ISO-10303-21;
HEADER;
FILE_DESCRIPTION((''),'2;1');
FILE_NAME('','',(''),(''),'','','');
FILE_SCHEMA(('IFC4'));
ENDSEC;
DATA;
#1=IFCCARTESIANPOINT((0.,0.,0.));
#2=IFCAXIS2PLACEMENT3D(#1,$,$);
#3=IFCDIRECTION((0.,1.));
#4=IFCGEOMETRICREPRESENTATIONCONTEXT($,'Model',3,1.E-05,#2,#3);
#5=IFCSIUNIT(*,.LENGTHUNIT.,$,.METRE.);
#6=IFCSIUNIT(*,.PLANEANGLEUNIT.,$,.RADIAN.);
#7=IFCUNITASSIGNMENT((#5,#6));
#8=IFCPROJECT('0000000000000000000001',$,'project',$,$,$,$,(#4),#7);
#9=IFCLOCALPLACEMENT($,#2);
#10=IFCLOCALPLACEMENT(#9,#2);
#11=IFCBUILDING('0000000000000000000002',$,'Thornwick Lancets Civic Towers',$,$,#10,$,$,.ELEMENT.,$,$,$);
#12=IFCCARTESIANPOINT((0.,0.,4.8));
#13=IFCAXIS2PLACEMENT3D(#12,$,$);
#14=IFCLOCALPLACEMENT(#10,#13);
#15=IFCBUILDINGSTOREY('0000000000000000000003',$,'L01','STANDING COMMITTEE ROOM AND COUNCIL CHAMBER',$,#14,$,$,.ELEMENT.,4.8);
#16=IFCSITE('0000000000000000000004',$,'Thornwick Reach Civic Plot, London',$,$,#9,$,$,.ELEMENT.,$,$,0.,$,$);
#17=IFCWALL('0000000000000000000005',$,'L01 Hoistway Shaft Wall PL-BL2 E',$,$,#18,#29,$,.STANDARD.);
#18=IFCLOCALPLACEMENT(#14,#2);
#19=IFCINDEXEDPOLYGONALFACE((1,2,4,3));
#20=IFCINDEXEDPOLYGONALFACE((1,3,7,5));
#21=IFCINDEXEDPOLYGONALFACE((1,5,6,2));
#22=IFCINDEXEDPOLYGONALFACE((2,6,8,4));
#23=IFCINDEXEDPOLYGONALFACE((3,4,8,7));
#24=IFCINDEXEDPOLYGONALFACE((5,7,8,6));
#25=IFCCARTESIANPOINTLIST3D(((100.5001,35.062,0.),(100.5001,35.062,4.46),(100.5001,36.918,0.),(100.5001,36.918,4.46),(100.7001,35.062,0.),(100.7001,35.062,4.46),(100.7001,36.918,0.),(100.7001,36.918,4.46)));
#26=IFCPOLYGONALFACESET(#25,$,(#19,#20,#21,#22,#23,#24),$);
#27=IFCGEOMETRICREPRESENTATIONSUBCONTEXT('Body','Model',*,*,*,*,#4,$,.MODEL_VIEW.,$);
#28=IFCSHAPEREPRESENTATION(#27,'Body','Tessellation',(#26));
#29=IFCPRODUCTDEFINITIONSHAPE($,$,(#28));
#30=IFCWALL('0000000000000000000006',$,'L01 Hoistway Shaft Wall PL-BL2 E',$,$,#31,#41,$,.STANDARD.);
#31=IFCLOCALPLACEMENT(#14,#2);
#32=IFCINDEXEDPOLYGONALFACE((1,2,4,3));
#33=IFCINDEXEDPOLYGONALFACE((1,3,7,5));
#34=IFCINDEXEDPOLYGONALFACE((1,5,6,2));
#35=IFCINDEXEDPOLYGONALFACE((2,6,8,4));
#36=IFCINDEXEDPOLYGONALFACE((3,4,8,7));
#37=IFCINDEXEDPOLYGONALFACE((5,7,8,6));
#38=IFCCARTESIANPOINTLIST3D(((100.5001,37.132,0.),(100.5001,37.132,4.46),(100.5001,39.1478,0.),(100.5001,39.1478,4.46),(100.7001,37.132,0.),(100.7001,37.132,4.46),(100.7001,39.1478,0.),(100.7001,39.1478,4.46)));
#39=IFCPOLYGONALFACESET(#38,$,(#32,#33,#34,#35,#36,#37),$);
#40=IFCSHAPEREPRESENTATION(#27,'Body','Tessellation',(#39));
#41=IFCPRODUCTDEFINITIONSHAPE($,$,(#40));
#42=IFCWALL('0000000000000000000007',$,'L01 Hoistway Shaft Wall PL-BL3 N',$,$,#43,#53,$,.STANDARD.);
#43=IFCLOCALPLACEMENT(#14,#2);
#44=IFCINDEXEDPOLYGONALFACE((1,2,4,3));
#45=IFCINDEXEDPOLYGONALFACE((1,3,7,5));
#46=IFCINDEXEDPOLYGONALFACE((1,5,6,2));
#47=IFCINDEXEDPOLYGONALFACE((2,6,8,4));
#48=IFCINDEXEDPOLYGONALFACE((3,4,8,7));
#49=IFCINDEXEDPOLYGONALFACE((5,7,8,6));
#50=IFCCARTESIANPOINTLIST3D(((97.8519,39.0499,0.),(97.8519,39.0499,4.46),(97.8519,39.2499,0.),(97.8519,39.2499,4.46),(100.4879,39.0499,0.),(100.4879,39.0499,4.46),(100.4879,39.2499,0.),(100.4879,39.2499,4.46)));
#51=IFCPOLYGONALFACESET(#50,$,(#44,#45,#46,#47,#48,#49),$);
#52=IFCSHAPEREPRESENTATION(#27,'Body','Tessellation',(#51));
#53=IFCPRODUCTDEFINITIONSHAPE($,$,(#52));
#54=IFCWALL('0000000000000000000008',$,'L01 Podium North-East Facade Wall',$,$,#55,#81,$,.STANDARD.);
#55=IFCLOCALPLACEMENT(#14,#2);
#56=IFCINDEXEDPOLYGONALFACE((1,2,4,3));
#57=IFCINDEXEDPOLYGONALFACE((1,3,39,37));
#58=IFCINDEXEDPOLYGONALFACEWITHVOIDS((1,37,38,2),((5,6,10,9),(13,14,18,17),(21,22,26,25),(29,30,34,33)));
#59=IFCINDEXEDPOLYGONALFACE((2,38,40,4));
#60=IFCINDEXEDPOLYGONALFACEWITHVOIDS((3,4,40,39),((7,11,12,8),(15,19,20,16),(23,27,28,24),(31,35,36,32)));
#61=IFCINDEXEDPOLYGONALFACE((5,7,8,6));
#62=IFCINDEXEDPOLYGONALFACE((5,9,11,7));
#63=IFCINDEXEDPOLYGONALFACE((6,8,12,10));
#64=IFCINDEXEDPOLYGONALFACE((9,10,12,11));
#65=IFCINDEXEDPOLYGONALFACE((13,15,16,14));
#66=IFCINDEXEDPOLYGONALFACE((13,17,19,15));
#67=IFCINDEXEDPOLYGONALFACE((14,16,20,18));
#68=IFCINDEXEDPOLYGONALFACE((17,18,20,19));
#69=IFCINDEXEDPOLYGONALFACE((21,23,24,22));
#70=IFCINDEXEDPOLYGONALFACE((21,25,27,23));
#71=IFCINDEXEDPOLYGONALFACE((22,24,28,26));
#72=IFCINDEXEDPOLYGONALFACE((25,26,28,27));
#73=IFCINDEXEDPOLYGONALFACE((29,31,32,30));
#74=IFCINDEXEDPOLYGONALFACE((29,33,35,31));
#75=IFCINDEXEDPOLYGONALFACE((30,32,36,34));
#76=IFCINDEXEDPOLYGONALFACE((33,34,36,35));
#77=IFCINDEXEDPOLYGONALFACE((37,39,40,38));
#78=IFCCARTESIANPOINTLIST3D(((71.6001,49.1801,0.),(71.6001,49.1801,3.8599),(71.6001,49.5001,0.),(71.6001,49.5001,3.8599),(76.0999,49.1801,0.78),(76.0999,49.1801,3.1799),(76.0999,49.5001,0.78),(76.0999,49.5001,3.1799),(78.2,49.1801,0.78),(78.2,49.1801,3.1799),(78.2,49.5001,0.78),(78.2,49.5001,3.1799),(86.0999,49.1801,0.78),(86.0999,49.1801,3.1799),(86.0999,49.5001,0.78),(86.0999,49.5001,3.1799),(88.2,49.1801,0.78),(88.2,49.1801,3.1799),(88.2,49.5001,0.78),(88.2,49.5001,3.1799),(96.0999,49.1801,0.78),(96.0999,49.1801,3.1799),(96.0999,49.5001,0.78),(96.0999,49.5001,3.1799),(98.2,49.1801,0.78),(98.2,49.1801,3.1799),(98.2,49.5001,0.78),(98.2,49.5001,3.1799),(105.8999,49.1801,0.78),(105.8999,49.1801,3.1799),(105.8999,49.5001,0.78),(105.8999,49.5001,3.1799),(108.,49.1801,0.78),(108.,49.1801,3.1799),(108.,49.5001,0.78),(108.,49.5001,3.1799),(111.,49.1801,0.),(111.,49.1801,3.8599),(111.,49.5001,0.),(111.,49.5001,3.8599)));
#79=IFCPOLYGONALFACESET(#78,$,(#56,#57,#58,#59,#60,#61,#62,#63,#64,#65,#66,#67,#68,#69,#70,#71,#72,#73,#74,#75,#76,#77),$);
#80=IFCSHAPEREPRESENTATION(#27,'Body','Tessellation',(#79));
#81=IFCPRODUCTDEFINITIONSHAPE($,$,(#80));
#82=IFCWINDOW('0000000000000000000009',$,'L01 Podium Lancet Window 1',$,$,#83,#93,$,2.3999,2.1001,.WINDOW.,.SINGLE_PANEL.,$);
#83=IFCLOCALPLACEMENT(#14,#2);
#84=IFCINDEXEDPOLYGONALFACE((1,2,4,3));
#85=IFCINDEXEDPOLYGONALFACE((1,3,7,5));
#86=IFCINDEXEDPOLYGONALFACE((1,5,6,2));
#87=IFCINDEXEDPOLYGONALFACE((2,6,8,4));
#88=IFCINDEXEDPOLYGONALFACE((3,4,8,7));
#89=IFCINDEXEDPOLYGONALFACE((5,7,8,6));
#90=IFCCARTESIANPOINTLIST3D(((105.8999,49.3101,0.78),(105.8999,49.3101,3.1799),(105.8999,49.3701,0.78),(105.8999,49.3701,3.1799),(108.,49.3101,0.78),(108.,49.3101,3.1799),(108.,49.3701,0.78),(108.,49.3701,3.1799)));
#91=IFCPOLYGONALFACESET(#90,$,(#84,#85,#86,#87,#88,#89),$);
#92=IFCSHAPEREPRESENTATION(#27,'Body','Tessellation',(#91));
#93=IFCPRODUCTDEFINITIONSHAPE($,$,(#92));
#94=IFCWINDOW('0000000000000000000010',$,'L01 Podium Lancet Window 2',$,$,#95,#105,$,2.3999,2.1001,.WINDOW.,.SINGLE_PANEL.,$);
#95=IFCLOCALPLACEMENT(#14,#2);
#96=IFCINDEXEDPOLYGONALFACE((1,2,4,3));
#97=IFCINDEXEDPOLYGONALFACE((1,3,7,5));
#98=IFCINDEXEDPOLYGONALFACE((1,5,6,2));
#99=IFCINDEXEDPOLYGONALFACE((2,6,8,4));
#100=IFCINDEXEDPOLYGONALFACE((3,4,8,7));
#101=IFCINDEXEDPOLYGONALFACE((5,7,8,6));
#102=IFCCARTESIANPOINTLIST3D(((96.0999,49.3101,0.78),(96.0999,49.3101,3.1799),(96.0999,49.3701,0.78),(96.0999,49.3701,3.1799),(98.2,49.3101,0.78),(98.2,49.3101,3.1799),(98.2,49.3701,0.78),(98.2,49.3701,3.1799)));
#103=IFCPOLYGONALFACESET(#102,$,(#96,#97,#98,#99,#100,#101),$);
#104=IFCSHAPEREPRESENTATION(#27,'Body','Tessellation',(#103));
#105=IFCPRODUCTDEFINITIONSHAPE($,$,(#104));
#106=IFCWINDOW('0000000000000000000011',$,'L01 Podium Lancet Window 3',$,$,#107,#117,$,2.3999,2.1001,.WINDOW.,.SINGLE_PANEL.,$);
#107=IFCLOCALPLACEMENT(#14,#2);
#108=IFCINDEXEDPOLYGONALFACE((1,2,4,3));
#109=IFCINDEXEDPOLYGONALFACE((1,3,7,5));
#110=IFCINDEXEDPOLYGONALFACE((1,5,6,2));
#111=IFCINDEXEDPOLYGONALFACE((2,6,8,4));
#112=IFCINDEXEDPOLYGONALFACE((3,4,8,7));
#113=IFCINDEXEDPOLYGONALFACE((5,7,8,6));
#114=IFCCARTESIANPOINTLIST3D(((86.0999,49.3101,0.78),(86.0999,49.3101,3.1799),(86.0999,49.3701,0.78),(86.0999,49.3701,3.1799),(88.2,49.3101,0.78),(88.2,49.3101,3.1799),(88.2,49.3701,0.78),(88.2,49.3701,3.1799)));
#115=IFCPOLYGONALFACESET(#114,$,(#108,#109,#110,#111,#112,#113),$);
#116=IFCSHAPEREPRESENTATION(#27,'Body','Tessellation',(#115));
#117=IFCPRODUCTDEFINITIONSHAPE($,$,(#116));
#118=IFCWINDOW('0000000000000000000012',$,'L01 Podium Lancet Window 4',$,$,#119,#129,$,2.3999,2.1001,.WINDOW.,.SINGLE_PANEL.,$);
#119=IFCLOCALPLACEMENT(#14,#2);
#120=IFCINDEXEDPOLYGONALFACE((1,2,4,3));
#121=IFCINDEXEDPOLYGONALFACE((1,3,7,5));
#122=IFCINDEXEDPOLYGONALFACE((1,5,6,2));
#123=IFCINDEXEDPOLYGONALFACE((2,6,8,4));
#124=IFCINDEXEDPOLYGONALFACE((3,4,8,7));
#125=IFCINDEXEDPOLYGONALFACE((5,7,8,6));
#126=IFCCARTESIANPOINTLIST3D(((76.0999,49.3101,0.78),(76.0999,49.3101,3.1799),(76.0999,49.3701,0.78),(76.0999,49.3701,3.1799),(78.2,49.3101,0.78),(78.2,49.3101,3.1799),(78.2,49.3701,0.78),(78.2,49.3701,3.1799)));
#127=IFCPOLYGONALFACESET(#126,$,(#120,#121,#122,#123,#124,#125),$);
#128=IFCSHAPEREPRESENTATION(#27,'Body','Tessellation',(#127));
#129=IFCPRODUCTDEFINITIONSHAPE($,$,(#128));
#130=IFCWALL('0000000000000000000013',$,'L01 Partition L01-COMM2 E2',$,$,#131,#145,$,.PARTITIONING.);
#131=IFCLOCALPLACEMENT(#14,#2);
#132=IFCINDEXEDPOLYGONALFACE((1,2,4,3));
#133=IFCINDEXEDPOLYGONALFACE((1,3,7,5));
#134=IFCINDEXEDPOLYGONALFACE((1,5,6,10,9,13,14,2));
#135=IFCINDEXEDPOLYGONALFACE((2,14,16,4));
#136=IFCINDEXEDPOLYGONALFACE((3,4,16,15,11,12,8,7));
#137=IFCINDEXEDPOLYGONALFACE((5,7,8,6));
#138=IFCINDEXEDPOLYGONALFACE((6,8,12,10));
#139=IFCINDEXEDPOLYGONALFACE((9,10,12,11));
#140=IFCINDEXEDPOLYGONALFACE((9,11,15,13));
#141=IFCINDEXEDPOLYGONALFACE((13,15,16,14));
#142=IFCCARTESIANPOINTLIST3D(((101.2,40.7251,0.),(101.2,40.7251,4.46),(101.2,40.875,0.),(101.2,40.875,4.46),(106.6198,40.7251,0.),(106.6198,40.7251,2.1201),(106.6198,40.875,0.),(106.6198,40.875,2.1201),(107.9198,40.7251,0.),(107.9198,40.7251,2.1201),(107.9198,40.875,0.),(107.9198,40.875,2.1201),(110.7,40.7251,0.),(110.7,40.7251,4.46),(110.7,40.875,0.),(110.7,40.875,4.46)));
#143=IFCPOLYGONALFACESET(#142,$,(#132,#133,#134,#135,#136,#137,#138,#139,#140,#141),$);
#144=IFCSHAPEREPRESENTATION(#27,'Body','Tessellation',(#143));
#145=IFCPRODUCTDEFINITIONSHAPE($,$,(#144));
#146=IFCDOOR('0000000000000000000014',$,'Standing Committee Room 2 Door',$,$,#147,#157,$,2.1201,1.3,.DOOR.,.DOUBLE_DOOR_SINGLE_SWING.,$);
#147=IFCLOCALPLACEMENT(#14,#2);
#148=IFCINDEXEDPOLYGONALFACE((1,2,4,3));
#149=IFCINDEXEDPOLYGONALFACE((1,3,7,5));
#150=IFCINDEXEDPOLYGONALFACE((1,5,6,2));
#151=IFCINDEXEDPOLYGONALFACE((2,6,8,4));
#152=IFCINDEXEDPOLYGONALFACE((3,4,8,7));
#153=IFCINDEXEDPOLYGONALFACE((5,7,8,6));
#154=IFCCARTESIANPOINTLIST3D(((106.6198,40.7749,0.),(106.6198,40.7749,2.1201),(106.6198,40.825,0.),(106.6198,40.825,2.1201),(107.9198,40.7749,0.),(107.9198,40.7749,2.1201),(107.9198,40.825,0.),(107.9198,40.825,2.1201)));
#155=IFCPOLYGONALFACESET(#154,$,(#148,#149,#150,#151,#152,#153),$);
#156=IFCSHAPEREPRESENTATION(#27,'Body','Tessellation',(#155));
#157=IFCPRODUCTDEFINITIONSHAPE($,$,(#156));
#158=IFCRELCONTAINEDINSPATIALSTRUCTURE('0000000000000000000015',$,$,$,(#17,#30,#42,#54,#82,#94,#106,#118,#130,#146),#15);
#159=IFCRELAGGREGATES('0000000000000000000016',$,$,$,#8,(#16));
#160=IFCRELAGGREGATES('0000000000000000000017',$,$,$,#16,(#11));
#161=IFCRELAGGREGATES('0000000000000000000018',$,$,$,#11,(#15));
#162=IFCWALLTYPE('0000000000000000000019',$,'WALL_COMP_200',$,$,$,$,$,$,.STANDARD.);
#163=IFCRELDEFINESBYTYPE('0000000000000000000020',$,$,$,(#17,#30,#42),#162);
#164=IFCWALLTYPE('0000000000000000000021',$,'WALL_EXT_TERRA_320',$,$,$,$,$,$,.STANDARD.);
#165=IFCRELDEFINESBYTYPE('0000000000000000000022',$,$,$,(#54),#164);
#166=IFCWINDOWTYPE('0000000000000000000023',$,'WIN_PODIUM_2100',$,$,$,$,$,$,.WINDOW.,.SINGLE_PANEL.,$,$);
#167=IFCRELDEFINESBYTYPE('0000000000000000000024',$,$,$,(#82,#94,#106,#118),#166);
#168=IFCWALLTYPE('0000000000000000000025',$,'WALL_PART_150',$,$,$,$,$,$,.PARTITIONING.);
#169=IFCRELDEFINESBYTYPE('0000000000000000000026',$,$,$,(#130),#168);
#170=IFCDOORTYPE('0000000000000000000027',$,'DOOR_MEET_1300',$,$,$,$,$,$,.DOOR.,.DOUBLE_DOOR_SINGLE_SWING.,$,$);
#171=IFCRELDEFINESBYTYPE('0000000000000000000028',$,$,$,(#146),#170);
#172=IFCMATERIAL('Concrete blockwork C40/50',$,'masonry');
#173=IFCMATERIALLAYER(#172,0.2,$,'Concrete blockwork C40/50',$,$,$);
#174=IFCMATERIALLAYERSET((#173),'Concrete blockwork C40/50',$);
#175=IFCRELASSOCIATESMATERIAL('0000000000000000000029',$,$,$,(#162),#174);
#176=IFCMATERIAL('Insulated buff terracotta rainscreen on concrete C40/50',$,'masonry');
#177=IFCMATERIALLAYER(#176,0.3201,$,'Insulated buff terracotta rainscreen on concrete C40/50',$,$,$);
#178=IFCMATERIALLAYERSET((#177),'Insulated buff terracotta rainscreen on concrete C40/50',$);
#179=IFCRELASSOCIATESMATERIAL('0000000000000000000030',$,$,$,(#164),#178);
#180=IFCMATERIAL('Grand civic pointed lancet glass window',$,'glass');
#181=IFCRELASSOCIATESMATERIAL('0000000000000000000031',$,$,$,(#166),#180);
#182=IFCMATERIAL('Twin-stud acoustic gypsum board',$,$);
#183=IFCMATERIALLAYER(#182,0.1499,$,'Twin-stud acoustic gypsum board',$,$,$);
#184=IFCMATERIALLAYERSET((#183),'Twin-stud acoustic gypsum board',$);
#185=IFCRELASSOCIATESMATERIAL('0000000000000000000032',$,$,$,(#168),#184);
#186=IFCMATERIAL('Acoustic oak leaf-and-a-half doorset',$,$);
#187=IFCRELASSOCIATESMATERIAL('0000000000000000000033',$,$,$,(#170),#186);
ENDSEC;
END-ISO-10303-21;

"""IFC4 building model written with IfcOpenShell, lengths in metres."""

from ifc_helpers import new_model, si_unit, direction, frame, frame_2d, origin, place, context, subcontext, project, spatial, rectangle, extrude, material, layer, layer_set, type_object, element, fill, save


model = new_model("IFC4")

# Units and contexts
model_context = context("Model", 3, precision=1e-05, world=origin(), true_north=direction((0.0, 1.0)))
body_context = subcontext(model_context, "Body", "Model", "MODEL_VIEW")
ifc_project = project(units=[si_unit("LENGTHUNIT", "METRE"), si_unit("PLANEANGLEUNIT", "RADIAN")], contexts=[model_context])

# Site, building, storey
site_placement = place(None, origin())
site = spatial("IfcSite", under=ifc_project, at=site_placement, Name="Thornwick Reach Civic Plot, London", CompositionType="ELEMENT", RefElevation=0.0)
building_placement = place(site_placement, origin())
building = spatial("IfcBuilding", under=site, at=building_placement, Name="Thornwick Lancets Civic Towers", CompositionType="ELEMENT")
storey_placement = place(building_placement, frame((0.0, 0.0, 4.8)))
storey = spatial("IfcBuildingStorey", under=building, at=storey_placement, Name="L01", Description="STANDING COMMITTEE ROOM AND COUNCIL CHAMBER", CompositionType="ELEMENT", Elevation=4.8)

# Shared definitions
ifc_material_1 = material(Name="Concrete blockwork C40/50", Category="masonry")
ifc_layer_1 = layer(ifc_material_1, 0.2, Name="Concrete blockwork C40/50")
ifc_layer_set_1 = layer_set([ifc_layer_1], Name="Concrete blockwork C40/50")
wall_type_1 = type_object("IfcWallType", Name="WALL_COMP_200", PredefinedType="STANDARD", material=ifc_layer_set_1)

# Walls
wall_1_placement = place(storey_placement, frame((100.6001, 35.062, 0.0), z_axis=(0.0, 0.0, 1.0), x_axis=(0.0, 1.0, 0.0)))
element("IfcWall", 1, at=wall_1_placement, inside=storey, type_object=wall_type_1, Name="L01 Hoistway Shaft Wall PL-BL2 E", PredefinedType="STANDARD", context=body_context, shape_type="SweptSolid", body=[
    extrude(rectangle(XDim=1.856, YDim=0.2, at=frame_2d((0.928, 0.0))), origin(), (0.0, 0.0, 1.0), 4.46),
])
wall_2_placement = place(storey_placement, frame((100.6001, 37.1321, 0.0), z_axis=(0.0, 0.0, 1.0), x_axis=(0.0, 1.0, 0.0)))
element("IfcWall", 2, at=wall_2_placement, inside=storey, type_object=wall_type_1, Name="L01 Hoistway Shaft Wall PL-BL2 E", PredefinedType="STANDARD", context=body_context, shape_type="SweptSolid", body=[
    extrude(rectangle(XDim=2.0159, YDim=0.2, at=frame_2d((1.0078, 0.0))), origin(), (0.0, 0.0, 1.0), 4.46),
])
wall_3_placement = place(storey_placement, frame((97.8521, 39.1499, 0.0), z_axis=(0.0, 0.0, 1.0), x_axis=(1.0, 0.0, 0.0)))
element("IfcWall", 3, at=wall_3_placement, inside=storey, type_object=wall_type_1, Name="L01 Hoistway Shaft Wall PL-BL3 N", PredefinedType="STANDARD", context=body_context, shape_type="SweptSolid", body=[
    extrude(rectangle(XDim=2.636, YDim=0.2, at=frame_2d((1.3179, 0.0))), origin(), (0.0, 0.0, 1.0), 4.46),
])

# Wall, openings, windows
ifc_material_2 = material(Name="Insulated buff terracotta rainscreen on concrete C40/50", Category="masonry")
ifc_layer_2 = layer(ifc_material_2, 0.3201, Name="Insulated buff terracotta rainscreen on concrete C40/50")
ifc_layer_set_2 = layer_set([ifc_layer_2], Name="Insulated buff terracotta rainscreen on concrete C40/50")
wall_type_2 = type_object("IfcWallType", Name="WALL_EXT_TERRA_320", PredefinedType="STANDARD", material=ifc_layer_set_2)
wall_4_placement = place(storey_placement, frame((111.0, 49.3401, 0.0), z_axis=(0.0, 0.0, 1.0), x_axis=(-1.0, 0.0, 0.0)))
wall_4 = element("IfcWall", 4, at=wall_4_placement, inside=storey, type_object=wall_type_2, Name="L01 Podium North-East Facade Wall", PredefinedType="STANDARD", context=body_context, shape_type="SweptSolid", body=[
    extrude(rectangle(XDim=39.3999, YDim=0.3201, at=frame_2d((19.7, 0.0))), origin(), (0.0, 0.0, 1.0), 3.8599),
])
opening_1_placement = place(wall_4_placement, frame((3.0, 0.0, 0.78)))
opening_1 = element("IfcOpeningElement", 5, at=opening_1_placement, cuts=wall_4, PredefinedType="OPENING", context=body_context, shape_type="SweptSolid", body=[
    extrude(rectangle(XDim=2.1001, YDim=2.3999, at=frame_2d((1.05, 1.2))), frame((0.0, 0.1699, 0.0), z_axis=(0.0, -1.0, 0.0), x_axis=(1.0, 0.0, 0.0)), (0.0, 0.0, 1.0), 0.3401),
])
opening_2_placement = place(wall_4_placement, frame((12.8, 0.0, 0.78)))
opening_2 = element("IfcOpeningElement", 6, at=opening_2_placement, cuts=wall_4, PredefinedType="OPENING", context=body_context, shape_type="SweptSolid", body=[
    extrude(rectangle(XDim=2.1001, YDim=2.3999, at=frame_2d((1.05, 1.2))), frame((0.0, 0.1699, 0.0), z_axis=(0.0, -1.0, 0.0), x_axis=(1.0, 0.0, 0.0)), (0.0, 0.0, 1.0), 0.3401),
])
opening_3_placement = place(wall_4_placement, frame((22.8, 0.0, 0.78)))
opening_3 = element("IfcOpeningElement", 7, at=opening_3_placement, cuts=wall_4, PredefinedType="OPENING", context=body_context, shape_type="SweptSolid", body=[
    extrude(rectangle(XDim=2.1001, YDim=2.3999, at=frame_2d((1.05, 1.2))), frame((0.0, 0.1699, 0.0), z_axis=(0.0, -1.0, 0.0), x_axis=(1.0, 0.0, 0.0)), (0.0, 0.0, 1.0), 0.3401),
])
opening_4_placement = place(wall_4_placement, frame((32.8, 0.0, 0.78)))
opening_4 = element("IfcOpeningElement", 8, at=opening_4_placement, cuts=wall_4, PredefinedType="OPENING", context=body_context, shape_type="SweptSolid", body=[
    extrude(rectangle(XDim=2.1001, YDim=2.3999, at=frame_2d((1.05, 1.2))), frame((0.0, 0.1699, 0.0), z_axis=(0.0, -1.0, 0.0), x_axis=(1.0, 0.0, 0.0)), (0.0, 0.0, 1.0), 0.3401),
])
ifc_material_3 = material(Name="Grand civic pointed lancet glass window", Category="glass")
window_type = type_object("IfcWindowType", Name="WIN_PODIUM_2100", PartitioningType="SINGLE_PANEL", PredefinedType="WINDOW", material=ifc_material_3)
window_1_placement = place(opening_1_placement, origin())
window_1 = element("IfcWindow", 9, at=window_1_placement, inside=storey, type_object=window_type, Name="L01 Podium Lancet Window 1", OverallHeight=2.3999, OverallWidth=2.1001, PartitioningType="SINGLE_PANEL", PredefinedType="WINDOW", context=body_context, shape_type="SweptSolid", body=[
    extrude(rectangle(XDim=2.1001, YDim=2.3999, at=frame_2d((1.05, 1.2))), frame((0.0, 0.03, 0.0), z_axis=(0.0, -1.0, 0.0), x_axis=(1.0, 0.0, 0.0)), (0.0, 0.0, 1.0), 0.0601),
])
fill(opening_1, window_1)
window_2_placement = place(opening_2_placement, origin())
window_2 = element("IfcWindow", 10, at=window_2_placement, inside=storey, type_object=window_type, Name="L01 Podium Lancet Window 2", OverallHeight=2.3999, OverallWidth=2.1001, PartitioningType="SINGLE_PANEL", PredefinedType="WINDOW", context=body_context, shape_type="SweptSolid", body=[
    extrude(rectangle(XDim=2.1001, YDim=2.3999, at=frame_2d((1.05, 1.2))), frame((0.0, 0.03, 0.0), z_axis=(0.0, -1.0, 0.0), x_axis=(1.0, 0.0, 0.0)), (0.0, 0.0, 1.0), 0.0601),
])
fill(opening_2, window_2)
window_3_placement = place(opening_3_placement, origin())
window_3 = element("IfcWindow", 11, at=window_3_placement, inside=storey, type_object=window_type, Name="L01 Podium Lancet Window 3", OverallHeight=2.3999, OverallWidth=2.1001, PartitioningType="SINGLE_PANEL", PredefinedType="WINDOW", context=body_context, shape_type="SweptSolid", body=[
    extrude(rectangle(XDim=2.1001, YDim=2.3999, at=frame_2d((1.05, 1.2))), frame((0.0, 0.03, 0.0), z_axis=(0.0, -1.0, 0.0), x_axis=(1.0, 0.0, 0.0)), (0.0, 0.0, 1.0), 0.0601),
])
fill(opening_3, window_3)
window_4_placement = place(opening_4_placement, origin())
window_4 = element("IfcWindow", 12, at=window_4_placement, inside=storey, type_object=window_type, Name="L01 Podium Lancet Window 4", OverallHeight=2.3999, OverallWidth=2.1001, PartitioningType="SINGLE_PANEL", PredefinedType="WINDOW", context=body_context, shape_type="SweptSolid", body=[
    extrude(rectangle(XDim=2.1001, YDim=2.3999, at=frame_2d((1.05, 1.2))), frame((0.0, 0.03, 0.0), z_axis=(0.0, -1.0, 0.0), x_axis=(1.0, 0.0, 0.0)), (0.0, 0.0, 1.0), 0.0601),
])
fill(opening_4, window_4)

# Wall, opening, door
ifc_material_4 = material(Name="Twin-stud acoustic gypsum board")
ifc_layer_3 = layer(ifc_material_4, 0.1499, Name="Twin-stud acoustic gypsum board")
ifc_layer_set_3 = layer_set([ifc_layer_3], Name="Twin-stud acoustic gypsum board")
wall_type_3 = type_object("IfcWallType", Name="WALL_PART_150", PredefinedType="PARTITIONING", material=ifc_layer_set_3)
wall_5_placement = place(storey_placement, frame((101.2, 40.8, 0.0), z_axis=(0.0, 0.0, 1.0), x_axis=(1.0, 0.0, 0.0)))
wall_5 = element("IfcWall", 13, at=wall_5_placement, inside=storey, type_object=wall_type_3, Name="L01 Partition L01-COMM2 E2", PredefinedType="PARTITIONING", context=body_context, shape_type="SweptSolid", body=[
    extrude(rectangle(XDim=9.5, YDim=0.1499, at=frame_2d((4.75, 0.0))), origin(), (0.0, 0.0, 1.0), 4.46),
])
opening_5_placement = place(wall_5_placement, frame((5.4199, 0.0, 0.0)))
opening_5 = element("IfcOpeningElement", 14, at=opening_5_placement, cuts=wall_5, PredefinedType="OPENING", context=body_context, shape_type="SweptSolid", body=[
    extrude(rectangle(XDim=1.3, YDim=2.1201, at=frame_2d((0.6499, 1.0601))), frame((0.0, 0.085, 0.0), z_axis=(0.0, -1.0, 0.0), x_axis=(1.0, 0.0, 0.0)), (0.0, 0.0, 1.0), 0.1699),
])
ifc_material_5 = material(Name="Acoustic oak leaf-and-a-half doorset")
door_type_1 = type_object("IfcDoorType", Name="DOOR_MEET_1300", OperationType="DOUBLE_DOOR_SINGLE_SWING", PredefinedType="DOOR", material=ifc_material_5)
door_1_placement = place(opening_5_placement, origin())
door_1 = element("IfcDoor", 15, at=door_1_placement, inside=storey, type_object=door_type_1, Name="Standing Committee Room 2 Door", OperationType="DOUBLE_DOOR_SINGLE_SWING", OverallHeight=2.1201, OverallWidth=1.3, PredefinedType="DOOR", context=body_context, shape_type="SweptSolid", body=[
    extrude(rectangle(XDim=1.3, YDim=2.1201, at=frame_2d((0.6499, 1.0601))), frame((0.0, 0.0249, 0.0), z_axis=(0.0, -1.0, 0.0), x_axis=(1.0, 0.0, 0.0)), (0.0, 0.0, 1.0), 0.05),
])
fill(opening_5, door_1)

save(model, "model.ifc")
